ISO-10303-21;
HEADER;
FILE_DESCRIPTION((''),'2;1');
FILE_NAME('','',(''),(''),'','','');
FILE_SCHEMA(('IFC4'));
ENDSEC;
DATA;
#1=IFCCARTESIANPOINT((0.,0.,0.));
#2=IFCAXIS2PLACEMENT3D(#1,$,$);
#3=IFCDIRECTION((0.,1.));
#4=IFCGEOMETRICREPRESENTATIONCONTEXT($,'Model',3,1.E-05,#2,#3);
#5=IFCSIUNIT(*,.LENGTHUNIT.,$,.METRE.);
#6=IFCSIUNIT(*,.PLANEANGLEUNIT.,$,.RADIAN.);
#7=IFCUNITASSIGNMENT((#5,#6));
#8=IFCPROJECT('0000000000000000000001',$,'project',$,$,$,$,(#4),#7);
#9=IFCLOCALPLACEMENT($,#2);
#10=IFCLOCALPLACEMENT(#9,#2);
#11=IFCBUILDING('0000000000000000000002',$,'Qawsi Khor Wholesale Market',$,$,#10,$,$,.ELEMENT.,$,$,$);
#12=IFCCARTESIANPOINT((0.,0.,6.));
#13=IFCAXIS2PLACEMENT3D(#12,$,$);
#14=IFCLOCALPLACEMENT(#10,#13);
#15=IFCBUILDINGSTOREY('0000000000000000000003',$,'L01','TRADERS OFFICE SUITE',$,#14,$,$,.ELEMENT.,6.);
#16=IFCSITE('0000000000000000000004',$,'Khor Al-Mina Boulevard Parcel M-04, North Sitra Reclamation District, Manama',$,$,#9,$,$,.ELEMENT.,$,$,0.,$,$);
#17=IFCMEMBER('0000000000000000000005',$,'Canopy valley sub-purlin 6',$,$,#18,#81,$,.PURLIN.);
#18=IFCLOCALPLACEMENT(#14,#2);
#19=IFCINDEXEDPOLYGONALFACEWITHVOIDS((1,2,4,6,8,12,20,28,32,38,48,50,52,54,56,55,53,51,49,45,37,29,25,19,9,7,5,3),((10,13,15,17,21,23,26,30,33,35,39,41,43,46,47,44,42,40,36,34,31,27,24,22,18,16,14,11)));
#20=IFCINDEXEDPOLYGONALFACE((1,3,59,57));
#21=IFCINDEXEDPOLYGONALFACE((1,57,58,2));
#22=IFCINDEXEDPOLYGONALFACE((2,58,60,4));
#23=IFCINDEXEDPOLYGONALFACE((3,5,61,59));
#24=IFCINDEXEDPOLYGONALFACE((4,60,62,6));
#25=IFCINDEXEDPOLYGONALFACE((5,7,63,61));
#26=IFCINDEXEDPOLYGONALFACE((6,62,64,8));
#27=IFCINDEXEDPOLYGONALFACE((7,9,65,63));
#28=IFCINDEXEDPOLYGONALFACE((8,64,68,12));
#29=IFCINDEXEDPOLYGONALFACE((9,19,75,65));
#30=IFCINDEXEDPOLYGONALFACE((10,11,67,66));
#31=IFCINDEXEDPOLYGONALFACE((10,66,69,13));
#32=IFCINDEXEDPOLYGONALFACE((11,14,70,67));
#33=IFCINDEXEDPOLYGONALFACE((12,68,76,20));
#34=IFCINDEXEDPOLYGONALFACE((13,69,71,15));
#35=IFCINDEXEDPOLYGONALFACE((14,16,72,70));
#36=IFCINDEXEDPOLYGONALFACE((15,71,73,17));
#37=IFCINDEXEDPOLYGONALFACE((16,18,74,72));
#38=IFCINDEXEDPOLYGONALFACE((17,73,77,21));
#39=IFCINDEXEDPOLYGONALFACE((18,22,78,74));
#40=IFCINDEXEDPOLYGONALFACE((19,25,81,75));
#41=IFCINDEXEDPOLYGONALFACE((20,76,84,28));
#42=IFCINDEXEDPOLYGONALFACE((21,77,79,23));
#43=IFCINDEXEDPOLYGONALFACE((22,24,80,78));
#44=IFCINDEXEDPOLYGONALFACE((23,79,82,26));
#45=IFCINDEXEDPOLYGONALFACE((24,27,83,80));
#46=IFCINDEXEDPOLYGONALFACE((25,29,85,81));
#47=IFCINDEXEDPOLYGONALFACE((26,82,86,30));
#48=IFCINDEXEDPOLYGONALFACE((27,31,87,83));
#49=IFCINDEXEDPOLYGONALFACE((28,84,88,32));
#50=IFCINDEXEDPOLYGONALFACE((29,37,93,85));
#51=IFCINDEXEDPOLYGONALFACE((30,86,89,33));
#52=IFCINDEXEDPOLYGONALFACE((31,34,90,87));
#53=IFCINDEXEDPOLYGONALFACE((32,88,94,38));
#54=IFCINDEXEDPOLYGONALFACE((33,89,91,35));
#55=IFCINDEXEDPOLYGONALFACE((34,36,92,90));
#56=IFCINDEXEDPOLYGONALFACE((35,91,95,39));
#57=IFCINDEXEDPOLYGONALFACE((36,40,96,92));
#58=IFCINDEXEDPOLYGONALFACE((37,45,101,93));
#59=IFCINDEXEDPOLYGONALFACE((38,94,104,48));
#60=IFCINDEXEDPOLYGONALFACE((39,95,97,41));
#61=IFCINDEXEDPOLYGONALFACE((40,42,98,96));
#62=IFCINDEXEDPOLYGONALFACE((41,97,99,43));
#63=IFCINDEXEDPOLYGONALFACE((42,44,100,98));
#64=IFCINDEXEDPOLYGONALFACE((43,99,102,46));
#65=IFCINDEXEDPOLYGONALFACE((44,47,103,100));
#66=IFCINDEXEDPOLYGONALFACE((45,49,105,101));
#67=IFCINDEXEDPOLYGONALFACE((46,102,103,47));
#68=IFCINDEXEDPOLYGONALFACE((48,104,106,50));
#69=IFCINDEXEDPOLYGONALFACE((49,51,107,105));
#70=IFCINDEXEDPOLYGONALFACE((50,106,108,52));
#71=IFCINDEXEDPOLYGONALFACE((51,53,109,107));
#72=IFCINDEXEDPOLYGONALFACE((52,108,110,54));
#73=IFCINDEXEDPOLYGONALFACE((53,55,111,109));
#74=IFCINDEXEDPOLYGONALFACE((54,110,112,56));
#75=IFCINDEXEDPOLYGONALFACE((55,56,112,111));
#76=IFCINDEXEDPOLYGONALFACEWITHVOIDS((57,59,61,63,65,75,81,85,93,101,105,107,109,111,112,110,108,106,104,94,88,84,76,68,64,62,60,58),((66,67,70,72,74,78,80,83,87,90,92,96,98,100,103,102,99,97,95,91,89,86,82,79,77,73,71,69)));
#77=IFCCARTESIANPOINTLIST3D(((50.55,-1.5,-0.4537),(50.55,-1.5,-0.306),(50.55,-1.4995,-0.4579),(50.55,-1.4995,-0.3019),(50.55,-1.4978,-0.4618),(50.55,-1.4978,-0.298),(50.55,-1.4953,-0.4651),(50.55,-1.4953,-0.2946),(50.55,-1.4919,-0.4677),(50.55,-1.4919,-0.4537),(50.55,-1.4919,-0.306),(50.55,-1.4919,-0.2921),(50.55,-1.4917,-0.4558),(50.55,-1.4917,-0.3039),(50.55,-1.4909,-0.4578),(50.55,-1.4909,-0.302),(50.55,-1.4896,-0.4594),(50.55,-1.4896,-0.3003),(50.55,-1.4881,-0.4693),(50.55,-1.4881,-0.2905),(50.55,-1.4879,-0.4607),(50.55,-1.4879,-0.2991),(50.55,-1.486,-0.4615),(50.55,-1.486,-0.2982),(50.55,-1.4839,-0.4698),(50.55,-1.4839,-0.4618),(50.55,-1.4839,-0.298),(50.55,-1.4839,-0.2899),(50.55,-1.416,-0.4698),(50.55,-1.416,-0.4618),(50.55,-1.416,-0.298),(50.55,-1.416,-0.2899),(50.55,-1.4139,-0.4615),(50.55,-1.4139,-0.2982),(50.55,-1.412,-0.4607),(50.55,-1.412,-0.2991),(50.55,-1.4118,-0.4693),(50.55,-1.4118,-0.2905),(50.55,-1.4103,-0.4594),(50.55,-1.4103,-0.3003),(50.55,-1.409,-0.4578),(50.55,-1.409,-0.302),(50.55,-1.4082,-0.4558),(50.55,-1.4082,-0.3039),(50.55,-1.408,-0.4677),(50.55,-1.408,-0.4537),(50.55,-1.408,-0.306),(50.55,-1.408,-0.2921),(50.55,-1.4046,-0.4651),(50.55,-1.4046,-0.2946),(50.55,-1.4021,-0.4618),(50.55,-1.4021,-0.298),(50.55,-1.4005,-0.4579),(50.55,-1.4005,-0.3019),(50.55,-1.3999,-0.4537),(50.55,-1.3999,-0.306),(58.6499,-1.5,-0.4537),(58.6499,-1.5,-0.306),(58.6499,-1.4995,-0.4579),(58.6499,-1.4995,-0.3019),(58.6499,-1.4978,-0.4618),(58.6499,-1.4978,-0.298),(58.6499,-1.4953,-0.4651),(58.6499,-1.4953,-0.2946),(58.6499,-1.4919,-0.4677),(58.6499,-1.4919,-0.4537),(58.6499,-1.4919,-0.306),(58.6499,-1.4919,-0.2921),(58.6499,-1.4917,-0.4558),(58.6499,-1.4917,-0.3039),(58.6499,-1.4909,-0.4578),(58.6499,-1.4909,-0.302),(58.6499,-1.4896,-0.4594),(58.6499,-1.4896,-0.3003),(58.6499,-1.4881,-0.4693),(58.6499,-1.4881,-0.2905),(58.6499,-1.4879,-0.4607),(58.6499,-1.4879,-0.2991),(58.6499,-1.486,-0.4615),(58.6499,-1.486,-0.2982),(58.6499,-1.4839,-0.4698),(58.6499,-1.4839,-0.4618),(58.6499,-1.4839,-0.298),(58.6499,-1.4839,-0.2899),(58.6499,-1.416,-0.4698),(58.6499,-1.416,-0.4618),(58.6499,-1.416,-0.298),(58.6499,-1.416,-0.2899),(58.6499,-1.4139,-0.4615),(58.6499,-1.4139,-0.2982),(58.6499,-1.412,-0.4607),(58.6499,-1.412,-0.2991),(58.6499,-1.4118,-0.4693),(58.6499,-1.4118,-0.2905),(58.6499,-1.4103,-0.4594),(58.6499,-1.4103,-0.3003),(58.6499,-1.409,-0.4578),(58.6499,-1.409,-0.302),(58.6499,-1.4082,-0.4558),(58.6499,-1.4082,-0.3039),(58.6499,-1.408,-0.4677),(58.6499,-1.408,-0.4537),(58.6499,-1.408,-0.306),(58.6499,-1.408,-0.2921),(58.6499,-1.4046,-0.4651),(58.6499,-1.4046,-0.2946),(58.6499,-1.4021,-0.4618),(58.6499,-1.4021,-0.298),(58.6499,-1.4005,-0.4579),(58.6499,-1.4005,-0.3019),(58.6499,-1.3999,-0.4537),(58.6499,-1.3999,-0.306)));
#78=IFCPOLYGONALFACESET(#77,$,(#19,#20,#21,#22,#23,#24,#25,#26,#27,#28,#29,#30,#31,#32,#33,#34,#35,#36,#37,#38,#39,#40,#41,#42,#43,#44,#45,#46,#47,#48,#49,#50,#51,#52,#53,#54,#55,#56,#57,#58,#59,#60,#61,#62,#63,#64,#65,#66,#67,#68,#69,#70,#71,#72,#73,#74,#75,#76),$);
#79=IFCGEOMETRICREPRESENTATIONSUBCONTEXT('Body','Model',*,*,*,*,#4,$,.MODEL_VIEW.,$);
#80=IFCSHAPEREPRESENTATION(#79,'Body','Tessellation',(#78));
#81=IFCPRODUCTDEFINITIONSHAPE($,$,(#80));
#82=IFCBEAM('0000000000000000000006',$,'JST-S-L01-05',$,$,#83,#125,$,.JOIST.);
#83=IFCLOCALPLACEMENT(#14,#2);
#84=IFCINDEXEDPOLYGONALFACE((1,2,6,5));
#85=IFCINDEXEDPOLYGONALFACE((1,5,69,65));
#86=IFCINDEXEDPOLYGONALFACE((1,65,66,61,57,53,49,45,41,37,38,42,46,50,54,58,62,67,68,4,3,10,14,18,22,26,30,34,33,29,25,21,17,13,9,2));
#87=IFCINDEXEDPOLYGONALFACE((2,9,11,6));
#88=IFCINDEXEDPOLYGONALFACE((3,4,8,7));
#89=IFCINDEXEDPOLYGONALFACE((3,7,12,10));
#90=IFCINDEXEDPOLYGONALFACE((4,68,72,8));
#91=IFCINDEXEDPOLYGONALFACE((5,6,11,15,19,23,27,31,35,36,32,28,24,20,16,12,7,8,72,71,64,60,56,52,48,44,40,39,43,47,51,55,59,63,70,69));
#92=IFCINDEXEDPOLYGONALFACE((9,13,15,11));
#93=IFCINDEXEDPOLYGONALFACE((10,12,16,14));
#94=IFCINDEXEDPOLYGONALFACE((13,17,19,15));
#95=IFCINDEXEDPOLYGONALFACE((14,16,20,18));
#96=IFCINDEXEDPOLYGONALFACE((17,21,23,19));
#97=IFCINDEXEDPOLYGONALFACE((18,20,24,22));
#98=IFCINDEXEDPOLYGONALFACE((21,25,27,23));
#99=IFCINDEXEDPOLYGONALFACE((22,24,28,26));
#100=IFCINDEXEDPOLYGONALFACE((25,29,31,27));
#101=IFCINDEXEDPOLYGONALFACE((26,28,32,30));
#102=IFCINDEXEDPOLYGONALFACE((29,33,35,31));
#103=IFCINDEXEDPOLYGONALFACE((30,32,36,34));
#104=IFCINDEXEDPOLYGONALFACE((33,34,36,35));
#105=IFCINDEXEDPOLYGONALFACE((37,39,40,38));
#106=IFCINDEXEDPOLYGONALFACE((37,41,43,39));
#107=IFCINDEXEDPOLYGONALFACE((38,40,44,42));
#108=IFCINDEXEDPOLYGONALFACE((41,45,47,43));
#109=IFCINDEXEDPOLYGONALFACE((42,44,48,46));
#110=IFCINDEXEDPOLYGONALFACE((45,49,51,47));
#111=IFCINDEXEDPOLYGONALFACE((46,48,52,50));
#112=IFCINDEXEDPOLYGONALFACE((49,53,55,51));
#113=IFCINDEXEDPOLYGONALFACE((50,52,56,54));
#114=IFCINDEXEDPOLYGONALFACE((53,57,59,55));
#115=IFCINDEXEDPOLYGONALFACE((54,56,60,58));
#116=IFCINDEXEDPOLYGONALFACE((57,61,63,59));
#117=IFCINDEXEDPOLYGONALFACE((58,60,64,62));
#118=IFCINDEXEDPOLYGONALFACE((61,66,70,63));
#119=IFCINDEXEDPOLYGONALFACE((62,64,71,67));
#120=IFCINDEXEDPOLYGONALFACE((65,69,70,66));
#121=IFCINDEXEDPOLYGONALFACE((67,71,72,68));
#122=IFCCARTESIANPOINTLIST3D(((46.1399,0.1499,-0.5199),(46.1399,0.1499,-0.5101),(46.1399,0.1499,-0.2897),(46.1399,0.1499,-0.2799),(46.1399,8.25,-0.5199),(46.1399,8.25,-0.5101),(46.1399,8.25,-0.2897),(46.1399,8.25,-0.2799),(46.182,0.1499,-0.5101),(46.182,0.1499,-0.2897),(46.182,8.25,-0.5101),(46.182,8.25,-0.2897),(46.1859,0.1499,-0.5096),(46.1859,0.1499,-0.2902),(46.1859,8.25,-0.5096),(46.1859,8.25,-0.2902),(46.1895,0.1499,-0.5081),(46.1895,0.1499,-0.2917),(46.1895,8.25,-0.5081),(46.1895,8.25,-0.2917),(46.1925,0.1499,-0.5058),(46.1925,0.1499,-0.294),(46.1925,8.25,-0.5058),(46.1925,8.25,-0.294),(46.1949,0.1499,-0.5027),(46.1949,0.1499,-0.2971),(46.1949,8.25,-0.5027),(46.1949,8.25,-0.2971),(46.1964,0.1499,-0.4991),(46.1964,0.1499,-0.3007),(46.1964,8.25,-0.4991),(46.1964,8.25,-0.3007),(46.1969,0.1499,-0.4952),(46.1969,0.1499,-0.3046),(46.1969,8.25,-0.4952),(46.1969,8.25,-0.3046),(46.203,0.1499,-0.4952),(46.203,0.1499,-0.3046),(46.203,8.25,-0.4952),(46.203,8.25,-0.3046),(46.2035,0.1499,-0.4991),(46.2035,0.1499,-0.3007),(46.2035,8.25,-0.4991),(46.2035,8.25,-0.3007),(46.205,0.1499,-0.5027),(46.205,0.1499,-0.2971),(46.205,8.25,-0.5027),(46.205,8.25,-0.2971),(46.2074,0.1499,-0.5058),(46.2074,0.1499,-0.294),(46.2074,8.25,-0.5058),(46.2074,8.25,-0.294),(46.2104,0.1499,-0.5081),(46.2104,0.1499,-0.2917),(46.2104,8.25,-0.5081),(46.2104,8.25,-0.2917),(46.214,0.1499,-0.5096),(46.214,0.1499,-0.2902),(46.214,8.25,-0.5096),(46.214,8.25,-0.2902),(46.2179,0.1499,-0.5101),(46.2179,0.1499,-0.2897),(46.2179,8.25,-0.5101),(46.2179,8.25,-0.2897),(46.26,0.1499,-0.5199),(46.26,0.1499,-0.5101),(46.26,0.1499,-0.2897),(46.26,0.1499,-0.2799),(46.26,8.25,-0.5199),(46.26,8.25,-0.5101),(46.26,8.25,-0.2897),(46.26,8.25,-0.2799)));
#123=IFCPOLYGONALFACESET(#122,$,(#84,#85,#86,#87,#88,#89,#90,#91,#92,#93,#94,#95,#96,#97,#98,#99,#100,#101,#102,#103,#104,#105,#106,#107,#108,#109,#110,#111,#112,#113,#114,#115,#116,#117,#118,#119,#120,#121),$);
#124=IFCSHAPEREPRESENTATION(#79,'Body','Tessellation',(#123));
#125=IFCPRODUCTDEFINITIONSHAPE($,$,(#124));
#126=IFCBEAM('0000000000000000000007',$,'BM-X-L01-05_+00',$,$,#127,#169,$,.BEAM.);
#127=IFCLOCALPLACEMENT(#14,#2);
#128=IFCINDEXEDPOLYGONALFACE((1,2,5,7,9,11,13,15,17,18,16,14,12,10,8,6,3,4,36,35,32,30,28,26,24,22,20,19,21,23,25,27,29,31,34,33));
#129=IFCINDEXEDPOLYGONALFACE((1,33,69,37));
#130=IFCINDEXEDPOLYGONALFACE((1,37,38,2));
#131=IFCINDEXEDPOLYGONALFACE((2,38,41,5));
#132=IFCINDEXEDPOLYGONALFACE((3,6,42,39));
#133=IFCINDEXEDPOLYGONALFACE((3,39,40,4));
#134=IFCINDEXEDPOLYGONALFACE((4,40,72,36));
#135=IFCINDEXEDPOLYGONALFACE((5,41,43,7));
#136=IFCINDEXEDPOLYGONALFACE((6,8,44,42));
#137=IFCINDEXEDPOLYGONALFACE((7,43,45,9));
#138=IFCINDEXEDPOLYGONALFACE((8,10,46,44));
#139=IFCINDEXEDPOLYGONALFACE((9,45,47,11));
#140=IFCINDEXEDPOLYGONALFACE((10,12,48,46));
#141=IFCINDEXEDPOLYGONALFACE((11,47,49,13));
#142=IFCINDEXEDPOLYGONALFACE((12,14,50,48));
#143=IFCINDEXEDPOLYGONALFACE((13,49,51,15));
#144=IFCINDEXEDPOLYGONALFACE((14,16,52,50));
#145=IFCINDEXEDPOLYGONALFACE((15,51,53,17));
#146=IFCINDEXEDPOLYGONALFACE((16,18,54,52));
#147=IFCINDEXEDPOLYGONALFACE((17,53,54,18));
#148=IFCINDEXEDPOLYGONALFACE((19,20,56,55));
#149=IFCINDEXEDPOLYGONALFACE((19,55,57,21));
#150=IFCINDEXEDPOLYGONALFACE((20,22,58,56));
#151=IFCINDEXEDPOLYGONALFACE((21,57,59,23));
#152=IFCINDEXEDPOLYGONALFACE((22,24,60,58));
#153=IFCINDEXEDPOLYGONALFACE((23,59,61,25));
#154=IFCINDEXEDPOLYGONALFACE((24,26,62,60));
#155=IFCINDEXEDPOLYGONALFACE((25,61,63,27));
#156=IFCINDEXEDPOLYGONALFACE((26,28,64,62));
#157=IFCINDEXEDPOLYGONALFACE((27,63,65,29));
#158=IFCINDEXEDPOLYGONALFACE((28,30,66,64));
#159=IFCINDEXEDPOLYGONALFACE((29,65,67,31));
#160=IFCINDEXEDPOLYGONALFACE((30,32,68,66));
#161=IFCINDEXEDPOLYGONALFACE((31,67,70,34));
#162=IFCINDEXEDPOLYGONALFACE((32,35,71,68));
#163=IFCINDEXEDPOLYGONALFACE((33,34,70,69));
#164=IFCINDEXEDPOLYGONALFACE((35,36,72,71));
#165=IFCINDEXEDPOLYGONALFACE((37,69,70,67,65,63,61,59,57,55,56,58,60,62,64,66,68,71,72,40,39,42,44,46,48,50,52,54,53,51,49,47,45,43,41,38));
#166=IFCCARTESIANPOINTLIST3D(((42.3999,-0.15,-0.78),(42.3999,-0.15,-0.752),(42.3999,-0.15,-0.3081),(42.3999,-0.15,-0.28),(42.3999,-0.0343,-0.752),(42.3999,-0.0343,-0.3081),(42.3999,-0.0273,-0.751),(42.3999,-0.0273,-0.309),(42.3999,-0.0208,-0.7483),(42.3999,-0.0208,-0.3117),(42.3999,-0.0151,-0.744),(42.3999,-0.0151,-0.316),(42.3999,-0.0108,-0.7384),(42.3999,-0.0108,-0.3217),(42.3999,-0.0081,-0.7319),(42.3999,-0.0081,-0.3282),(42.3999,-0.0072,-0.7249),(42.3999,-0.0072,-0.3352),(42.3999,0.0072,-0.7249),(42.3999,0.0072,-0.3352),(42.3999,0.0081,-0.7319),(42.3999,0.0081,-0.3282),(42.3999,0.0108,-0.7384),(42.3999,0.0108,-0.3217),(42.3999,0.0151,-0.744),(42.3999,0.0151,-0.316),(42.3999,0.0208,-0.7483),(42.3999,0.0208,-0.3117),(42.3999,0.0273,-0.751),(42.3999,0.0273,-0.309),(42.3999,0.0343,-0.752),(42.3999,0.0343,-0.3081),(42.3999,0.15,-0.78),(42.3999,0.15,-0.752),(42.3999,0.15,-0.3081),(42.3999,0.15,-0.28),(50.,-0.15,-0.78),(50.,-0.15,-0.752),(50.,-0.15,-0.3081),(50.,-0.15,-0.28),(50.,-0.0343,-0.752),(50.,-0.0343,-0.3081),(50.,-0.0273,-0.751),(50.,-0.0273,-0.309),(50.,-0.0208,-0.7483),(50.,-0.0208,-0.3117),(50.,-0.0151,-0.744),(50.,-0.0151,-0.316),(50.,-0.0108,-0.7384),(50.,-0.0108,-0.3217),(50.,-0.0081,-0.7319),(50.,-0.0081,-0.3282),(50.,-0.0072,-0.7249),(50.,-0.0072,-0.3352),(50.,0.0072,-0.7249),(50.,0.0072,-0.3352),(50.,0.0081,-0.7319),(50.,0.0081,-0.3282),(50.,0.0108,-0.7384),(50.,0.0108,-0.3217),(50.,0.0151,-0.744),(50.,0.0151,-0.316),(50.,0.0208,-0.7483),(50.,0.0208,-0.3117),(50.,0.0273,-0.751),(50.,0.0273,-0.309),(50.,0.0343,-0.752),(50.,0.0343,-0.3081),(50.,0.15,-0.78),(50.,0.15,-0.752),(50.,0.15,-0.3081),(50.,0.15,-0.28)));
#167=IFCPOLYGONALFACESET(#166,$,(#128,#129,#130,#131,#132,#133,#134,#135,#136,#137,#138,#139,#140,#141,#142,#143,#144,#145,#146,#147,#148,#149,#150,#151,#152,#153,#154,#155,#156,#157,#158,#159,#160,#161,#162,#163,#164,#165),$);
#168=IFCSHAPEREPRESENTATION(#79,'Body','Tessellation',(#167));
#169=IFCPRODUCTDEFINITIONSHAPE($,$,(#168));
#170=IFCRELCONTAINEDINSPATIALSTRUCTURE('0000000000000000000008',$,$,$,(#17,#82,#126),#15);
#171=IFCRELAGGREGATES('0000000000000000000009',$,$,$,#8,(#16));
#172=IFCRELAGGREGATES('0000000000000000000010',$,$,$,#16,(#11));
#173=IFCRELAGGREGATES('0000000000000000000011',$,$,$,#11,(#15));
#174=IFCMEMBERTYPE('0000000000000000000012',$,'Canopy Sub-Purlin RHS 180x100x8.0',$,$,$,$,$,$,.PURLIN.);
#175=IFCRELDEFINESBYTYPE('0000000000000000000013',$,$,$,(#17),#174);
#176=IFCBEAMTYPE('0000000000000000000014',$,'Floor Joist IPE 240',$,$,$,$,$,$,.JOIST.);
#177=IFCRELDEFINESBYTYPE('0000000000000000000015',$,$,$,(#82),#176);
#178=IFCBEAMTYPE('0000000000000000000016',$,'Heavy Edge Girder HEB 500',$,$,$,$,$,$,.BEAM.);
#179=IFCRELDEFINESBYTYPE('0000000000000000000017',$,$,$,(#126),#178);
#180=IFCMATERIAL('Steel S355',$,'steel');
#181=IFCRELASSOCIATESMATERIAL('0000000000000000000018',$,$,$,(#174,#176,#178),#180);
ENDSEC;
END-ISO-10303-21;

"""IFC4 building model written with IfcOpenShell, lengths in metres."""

from ifc_helpers import new_model, si_unit, direction, frame, origin, origin_2d, place, context, subcontext, project, spatial, hollow_rectangle, i_section, extrude, material, material_profile, profile_set, type_object, element, save


model = new_model("IFC4")

# Units and contexts
model_context = context("Model", 3, precision=1e-05, world=origin(), true_north=direction((0.0, 1.0)))
body_context = subcontext(model_context, "Body", "Model", "MODEL_VIEW")
ifc_project = project(units=[si_unit("LENGTHUNIT", "METRE"), si_unit("PLANEANGLEUNIT", "RADIAN")], contexts=[model_context])

# Site, building, storey
site_placement = place(None, origin())
site = spatial("IfcSite", under=ifc_project, at=site_placement, Name="Khor Al-Mina Boulevard Parcel M-04, North Sitra Reclamation District, Manama", CompositionType="ELEMENT", RefElevation=0.0)
building_placement = place(site_placement, origin())
building = spatial("IfcBuilding", under=site, at=building_placement, Name="Qawsi Khor Wholesale Market", CompositionType="ELEMENT")
storey_placement = place(building_placement, frame((0.0, 0.0, 6.0)))
storey = spatial("IfcBuildingStorey", under=building, at=storey_placement, Name="L01", Description="TRADERS OFFICE SUITE", CompositionType="ELEMENT", Elevation=6.0)

# Shared definitions
ifc_material_1 = material(Name="Steel S355", Category="steel")

# Member
ifc_material_profile_1 = material_profile(ifc_material_1, hollow_rectangle(XDim=0.1001, YDim=0.1799, WallThickness=0.0081, InnerFilletRadius=0.0081, OuterFilletRadius=0.0161, at=origin_2d()), Name="RHS 180x100x8.0")
ifc_profile_set_1 = profile_set([ifc_material_profile_1], Name="Steel S355")
member_type = type_object("IfcMemberType", Name="Canopy Sub-Purlin RHS 180x100x8.0", PredefinedType="PURLIN", material=ifc_profile_set_1)
member_1_placement = place(storey_placement, frame((50.55, -1.45, -0.3799), z_axis=(1.0, 0.0, 0.0), x_axis=(0.0, 1.0, 0.0)))
element("IfcMember", 1, at=member_1_placement, inside=storey, type_object=member_type, Name="Canopy valley sub-purlin 6", PredefinedType="PURLIN", context=body_context, shape_type="SweptSolid", body=[
    extrude(hollow_rectangle(XDim=0.1001, YDim=0.1799, WallThickness=0.0081, InnerFilletRadius=0.0081, OuterFilletRadius=0.0161, at=origin_2d()), origin(), (0.0, 0.0, 1.0), 8.0999),
])

# Beams
ifc_material_profile_2 = material_profile(ifc_material_1, i_section(OverallWidth=0.1201, OverallDepth=0.24, WebThickness=0.0061, FlangeThickness=0.0098, FilletRadius=0.0149, at=origin_2d()), Name="IPE 240")
ifc_profile_set_2 = profile_set([ifc_material_profile_2], Name="Steel S355")
beam_type_1 = type_object("IfcBeamType", Name="Floor Joist IPE 240", PredefinedType="JOIST", material=ifc_profile_set_2)
beam_1_placement = place(storey_placement, frame((46.2, 0.1499, -0.3999), z_axis=(0.0, 1.0, 0.0), x_axis=(-1.0, 0.0, 0.0)))
element("IfcBeam", 2, at=beam_1_placement, inside=storey, type_object=beam_type_1, Name="JST-S-L01-05", PredefinedType="JOIST", context=body_context, shape_type="SweptSolid", body=[
    extrude(i_section(OverallWidth=0.1201, OverallDepth=0.24, WebThickness=0.0061, FlangeThickness=0.0098, FilletRadius=0.0149, at=origin_2d()), origin(), (0.0, 0.0, 1.0), 8.1001),
])
ifc_material_profile_3 = material_profile(ifc_material_1, i_section(OverallWidth=0.3, OverallDepth=0.5, WebThickness=0.0144, FlangeThickness=0.0281, FilletRadius=0.0271, at=origin_2d()), Name="HEB 500")
ifc_profile_set_3 = profile_set([ifc_material_profile_3], Name="Steel S355")
beam_type_2 = type_object("IfcBeamType", Name="Heavy Edge Girder HEB 500", PredefinedType="BEAM", material=ifc_profile_set_3)
beam_2_placement = place(storey_placement, frame((42.3999, 0.0, -0.53), z_axis=(1.0, 0.0, 0.0), x_axis=(0.0, 1.0, 0.0)))
element("IfcBeam", 3, at=beam_2_placement, inside=storey, type_object=beam_type_2, Name="BM-X-L01-05_+00", PredefinedType="BEAM", context=body_context, shape_type="SweptSolid", body=[
    extrude(i_section(OverallWidth=0.3, OverallDepth=0.5, WebThickness=0.0144, FlangeThickness=0.0281, FilletRadius=0.0271, at=origin_2d()), origin(), (0.0, 0.0, 1.0), 7.6001),
])

save(model, "model.ifc")
